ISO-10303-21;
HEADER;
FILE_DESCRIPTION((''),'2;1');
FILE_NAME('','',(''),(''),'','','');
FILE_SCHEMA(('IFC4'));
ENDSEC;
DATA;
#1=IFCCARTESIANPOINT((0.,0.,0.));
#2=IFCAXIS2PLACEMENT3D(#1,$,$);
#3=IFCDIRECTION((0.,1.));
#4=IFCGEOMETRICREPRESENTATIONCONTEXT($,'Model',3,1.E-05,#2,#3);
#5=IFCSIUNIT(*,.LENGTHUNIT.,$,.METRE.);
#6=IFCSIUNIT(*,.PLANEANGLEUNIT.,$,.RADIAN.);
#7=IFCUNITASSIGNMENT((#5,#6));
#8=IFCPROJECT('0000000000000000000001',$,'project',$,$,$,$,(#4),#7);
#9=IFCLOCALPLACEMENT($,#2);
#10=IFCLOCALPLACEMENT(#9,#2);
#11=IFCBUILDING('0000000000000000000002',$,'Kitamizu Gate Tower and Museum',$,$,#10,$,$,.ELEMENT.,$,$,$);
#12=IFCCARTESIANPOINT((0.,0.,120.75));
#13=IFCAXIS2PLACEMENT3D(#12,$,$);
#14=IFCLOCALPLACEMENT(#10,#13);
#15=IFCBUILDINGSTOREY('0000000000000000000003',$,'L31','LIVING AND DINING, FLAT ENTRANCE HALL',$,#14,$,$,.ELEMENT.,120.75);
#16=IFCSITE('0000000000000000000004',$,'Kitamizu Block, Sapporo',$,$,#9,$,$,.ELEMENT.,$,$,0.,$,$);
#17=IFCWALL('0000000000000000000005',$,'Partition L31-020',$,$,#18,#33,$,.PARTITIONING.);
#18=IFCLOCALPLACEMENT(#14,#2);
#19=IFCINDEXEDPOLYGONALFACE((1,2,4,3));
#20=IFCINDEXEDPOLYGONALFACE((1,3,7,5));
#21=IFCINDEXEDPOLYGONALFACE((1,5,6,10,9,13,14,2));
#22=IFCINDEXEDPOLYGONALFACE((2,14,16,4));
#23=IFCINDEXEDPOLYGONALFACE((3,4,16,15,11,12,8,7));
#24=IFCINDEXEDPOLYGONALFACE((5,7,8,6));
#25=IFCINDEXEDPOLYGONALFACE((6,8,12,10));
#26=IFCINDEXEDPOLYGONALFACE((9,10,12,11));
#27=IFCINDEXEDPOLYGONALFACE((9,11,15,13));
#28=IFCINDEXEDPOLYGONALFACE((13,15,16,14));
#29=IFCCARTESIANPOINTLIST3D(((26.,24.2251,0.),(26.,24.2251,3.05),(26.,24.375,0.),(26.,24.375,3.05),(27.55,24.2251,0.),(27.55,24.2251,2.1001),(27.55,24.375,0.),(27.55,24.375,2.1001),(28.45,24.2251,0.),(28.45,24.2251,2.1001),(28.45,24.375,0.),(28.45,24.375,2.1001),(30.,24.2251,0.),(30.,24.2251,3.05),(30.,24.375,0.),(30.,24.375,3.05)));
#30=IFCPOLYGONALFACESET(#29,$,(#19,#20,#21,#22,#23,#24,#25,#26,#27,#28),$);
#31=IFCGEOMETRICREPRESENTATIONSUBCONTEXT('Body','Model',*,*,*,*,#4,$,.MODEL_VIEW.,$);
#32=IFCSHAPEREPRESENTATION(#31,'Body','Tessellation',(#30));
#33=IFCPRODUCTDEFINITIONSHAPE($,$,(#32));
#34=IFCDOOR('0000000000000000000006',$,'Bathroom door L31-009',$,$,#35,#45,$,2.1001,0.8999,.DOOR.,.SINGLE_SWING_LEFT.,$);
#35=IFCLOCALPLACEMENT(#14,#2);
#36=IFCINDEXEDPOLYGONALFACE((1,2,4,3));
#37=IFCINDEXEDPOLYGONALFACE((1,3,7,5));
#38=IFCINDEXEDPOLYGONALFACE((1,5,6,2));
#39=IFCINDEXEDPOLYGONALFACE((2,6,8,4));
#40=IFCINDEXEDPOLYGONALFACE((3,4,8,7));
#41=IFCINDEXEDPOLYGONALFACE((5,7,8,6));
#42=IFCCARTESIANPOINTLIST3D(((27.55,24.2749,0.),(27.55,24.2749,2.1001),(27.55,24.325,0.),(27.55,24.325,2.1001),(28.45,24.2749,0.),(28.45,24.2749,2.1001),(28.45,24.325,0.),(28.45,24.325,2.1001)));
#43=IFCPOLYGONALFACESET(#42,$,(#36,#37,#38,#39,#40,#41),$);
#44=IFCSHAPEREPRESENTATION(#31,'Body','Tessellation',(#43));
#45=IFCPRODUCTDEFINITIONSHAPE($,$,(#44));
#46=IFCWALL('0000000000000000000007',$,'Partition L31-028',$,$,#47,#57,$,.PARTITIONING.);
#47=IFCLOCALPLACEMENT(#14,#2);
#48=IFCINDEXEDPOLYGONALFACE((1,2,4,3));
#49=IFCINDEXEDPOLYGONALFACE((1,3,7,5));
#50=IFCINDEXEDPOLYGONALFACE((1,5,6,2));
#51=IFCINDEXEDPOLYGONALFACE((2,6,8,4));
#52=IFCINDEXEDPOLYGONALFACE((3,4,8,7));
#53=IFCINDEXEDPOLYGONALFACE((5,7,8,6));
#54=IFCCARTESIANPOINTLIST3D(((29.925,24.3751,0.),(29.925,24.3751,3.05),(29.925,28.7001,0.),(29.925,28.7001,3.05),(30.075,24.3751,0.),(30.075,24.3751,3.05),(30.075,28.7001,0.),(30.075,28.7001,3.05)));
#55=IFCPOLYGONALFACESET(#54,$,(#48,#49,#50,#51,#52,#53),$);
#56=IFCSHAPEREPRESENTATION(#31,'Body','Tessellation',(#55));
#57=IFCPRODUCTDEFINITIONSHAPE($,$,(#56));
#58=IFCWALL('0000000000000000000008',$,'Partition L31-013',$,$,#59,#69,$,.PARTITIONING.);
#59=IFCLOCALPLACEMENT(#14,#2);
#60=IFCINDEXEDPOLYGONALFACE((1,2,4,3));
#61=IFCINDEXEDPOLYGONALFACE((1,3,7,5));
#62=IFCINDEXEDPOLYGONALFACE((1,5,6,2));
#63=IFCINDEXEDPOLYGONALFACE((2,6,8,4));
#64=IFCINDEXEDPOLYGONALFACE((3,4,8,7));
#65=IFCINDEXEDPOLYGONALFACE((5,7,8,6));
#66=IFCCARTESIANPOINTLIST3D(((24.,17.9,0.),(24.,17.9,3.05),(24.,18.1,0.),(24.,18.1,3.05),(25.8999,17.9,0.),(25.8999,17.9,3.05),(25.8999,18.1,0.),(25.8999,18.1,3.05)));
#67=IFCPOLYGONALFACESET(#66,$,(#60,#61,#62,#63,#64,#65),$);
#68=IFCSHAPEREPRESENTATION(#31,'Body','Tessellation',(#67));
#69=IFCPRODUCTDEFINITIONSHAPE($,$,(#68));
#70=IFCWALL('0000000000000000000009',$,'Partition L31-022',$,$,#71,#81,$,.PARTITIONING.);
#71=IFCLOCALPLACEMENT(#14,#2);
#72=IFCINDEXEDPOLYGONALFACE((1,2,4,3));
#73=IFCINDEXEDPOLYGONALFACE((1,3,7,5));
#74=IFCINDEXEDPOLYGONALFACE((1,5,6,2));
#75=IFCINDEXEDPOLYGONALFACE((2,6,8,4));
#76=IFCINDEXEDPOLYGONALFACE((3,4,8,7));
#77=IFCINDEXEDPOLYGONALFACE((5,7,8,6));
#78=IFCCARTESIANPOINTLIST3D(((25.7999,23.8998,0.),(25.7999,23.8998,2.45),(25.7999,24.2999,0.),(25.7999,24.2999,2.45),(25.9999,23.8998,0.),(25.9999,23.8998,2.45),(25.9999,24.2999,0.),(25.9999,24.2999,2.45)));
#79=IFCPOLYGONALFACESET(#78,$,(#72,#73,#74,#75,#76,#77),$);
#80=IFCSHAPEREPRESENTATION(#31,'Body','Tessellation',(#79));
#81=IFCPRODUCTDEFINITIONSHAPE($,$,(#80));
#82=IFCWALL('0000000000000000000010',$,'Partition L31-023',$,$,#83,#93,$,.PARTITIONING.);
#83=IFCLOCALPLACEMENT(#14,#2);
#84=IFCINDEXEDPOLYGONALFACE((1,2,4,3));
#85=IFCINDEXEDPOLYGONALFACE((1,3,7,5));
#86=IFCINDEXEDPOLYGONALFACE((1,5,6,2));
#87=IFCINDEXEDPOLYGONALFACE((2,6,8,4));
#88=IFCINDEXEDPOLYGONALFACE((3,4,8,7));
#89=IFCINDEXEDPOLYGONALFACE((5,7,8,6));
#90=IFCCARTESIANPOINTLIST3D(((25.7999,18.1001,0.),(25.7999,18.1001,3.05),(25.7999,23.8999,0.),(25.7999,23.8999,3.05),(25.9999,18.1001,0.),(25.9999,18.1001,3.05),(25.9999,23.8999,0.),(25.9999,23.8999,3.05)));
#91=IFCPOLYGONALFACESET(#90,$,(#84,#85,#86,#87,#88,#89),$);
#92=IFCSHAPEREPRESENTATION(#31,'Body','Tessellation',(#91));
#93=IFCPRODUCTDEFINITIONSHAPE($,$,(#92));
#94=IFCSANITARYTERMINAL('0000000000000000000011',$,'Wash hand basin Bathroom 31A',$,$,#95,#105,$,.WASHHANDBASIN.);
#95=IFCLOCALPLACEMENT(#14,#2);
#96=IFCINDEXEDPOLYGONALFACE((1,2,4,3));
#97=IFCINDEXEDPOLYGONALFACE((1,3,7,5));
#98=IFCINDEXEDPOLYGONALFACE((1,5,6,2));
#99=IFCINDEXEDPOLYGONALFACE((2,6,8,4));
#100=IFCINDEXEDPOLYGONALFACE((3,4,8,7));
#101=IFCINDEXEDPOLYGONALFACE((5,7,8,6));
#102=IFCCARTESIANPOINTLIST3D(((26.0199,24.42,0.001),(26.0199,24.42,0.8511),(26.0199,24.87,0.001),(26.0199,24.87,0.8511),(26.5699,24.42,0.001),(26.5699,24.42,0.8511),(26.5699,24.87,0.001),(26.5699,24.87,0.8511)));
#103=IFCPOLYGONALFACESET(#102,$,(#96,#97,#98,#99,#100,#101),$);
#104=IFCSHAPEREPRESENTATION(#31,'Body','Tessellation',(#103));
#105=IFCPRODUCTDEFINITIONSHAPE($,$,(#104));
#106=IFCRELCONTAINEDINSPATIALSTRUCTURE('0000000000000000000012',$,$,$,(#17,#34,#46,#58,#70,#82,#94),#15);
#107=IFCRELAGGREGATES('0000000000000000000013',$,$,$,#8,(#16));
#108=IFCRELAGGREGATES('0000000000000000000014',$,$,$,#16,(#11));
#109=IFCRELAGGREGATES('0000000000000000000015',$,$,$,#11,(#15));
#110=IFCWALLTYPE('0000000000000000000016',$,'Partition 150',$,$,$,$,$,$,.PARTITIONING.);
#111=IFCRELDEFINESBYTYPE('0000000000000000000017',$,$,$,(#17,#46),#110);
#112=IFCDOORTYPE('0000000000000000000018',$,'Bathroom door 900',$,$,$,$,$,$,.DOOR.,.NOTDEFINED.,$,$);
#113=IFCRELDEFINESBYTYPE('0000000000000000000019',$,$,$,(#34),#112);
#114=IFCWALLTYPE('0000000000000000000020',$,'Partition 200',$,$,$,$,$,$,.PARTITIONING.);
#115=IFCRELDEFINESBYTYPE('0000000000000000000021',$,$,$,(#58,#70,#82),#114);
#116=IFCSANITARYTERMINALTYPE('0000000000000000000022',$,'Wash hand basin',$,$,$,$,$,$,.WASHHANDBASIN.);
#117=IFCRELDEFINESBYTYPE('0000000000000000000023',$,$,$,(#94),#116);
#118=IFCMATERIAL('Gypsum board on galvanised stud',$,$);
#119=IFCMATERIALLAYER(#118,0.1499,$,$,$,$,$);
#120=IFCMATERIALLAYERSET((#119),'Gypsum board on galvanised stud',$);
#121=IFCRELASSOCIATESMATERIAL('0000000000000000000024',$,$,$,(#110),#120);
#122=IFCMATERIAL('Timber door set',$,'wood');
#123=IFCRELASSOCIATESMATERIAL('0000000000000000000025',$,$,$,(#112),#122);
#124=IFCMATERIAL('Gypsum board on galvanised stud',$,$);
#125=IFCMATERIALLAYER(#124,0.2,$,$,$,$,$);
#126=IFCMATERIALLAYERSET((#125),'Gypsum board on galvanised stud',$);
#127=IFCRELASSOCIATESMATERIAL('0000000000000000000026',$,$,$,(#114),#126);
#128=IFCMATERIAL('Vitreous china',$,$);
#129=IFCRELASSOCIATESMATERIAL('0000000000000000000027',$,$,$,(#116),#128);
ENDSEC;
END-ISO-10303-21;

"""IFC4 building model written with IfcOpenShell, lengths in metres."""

from ifc_helpers import new_model, si_unit, direction, frame, frame_2d, origin, origin_2d, place, context, subcontext, project, spatial, rectangle, extrude, material, layer, layer_set, type_object, element, fill, save


model = new_model("IFC4")

# Units and contexts
model_context = context("Model", 3, precision=1e-05, world=origin(), true_north=direction((0.0, 1.0)))
body_context = subcontext(model_context, "Body", "Model", "MODEL_VIEW")
ifc_project = project(units=[si_unit("LENGTHUNIT", "METRE"), si_unit("PLANEANGLEUNIT", "RADIAN")], contexts=[model_context])

# Site, building, storey
site_placement = place(None, origin())
site = spatial("IfcSite", under=ifc_project, at=site_placement, Name="Kitamizu Block, Sapporo", CompositionType="ELEMENT", RefElevation=0.0)
building_placement = place(site_placement, origin())
building = spatial("IfcBuilding", under=site, at=building_placement, Name="Kitamizu Gate Tower and Museum", CompositionType="ELEMENT")
storey_placement = place(building_placement, frame((0.0, 0.0, 120.75)))
storey = spatial("IfcBuildingStorey", under=building, at=storey_placement, Name="L31", Description="LIVING AND DINING, FLAT ENTRANCE HALL", CompositionType="ELEMENT", Elevation=120.75)

# Wall, opening, door
ifc_material_1 = material(Name="Gypsum board on galvanised stud")
ifc_layer_1 = layer(ifc_material_1, 0.1499)
ifc_layer_set_1 = layer_set([ifc_layer_1], Name="Gypsum board on galvanised stud")
wall_type_1 = type_object("IfcWallType", Name="Partition 150", PredefinedType="PARTITIONING", material=ifc_layer_set_1)
ifc_material_2 = material(Name="Timber door set", Category="wood")
door_type_1 = type_object("IfcDoorType", Name="Bathroom door 900", OperationType="NOTDEFINED", PredefinedType="DOOR", material=ifc_material_2)
wall_1_placement = place(storey_placement, frame((30.0, 24.3, 0.0), z_axis=(0.0, 0.0, 1.0), x_axis=(-1.0, 0.0, 0.0)))
wall_1 = element("IfcWall", 1, at=wall_1_placement, inside=storey, type_object=wall_type_1, Name="Partition L31-020", PredefinedType="PARTITIONING", context=body_context, shape_type="SweptSolid", body=[
    extrude(rectangle(XDim=4.0, YDim=0.1499, at=frame_2d((2.0, 0.0))), origin(), (0.0, 0.0, 1.0), 3.05),
])
opening_1_placement = place(wall_1_placement, frame((1.55, 0.0, 0.0)))
opening_1 = element("IfcOpeningElement", 2, at=opening_1_placement, cuts=wall_1, PredefinedType="OPENING", context=body_context, shape_type="SweptSolid", body=[
    extrude(rectangle(XDim=0.8999, YDim=2.1001, at=frame_2d((0.45, 1.05))), frame((0.0, 0.085, 0.0), z_axis=(0.0, -1.0, 0.0), x_axis=(1.0, 0.0, 0.0)), (0.0, 0.0, 1.0), 0.1699),
])
door_1_placement = place(opening_1_placement, frame((0.8999, 0.0, 0.0), x_axis=(-1.0, 0.0, 0.0)))
door_1 = element("IfcDoor", 3, at=door_1_placement, inside=storey, type_object=door_type_1, Name="Bathroom door L31-009", OperationType="SINGLE_SWING_LEFT", OverallHeight=2.1001, OverallWidth=0.8999, PredefinedType="DOOR", context=body_context, shape_type="SweptSolid", body=[
    extrude(rectangle(XDim=0.8999, YDim=2.1001, at=frame_2d((0.45, 1.05))), frame((0.0, 0.0249, 0.0), z_axis=(0.0, -1.0, 0.0), x_axis=(1.0, 0.0, 0.0)), (0.0, 0.0, 1.0), 0.05),
])
fill(opening_1, door_1)

# Walls
wall_2_placement = place(storey_placement, frame((30.0, 24.375, 0.0), z_axis=(0.0, 0.0, 1.0), x_axis=(0.0, 1.0, 0.0)))
element("IfcWall", 4, at=wall_2_placement, inside=storey, type_object=wall_type_1, Name="Partition L31-028", PredefinedType="PARTITIONING", context=body_context, shape_type="SweptSolid", body=[
    extrude(rectangle(XDim=4.325, YDim=0.1499, at=frame_2d((2.1626, 0.0))), origin(), (0.0, 0.0, 1.0), 3.05),
])
ifc_material_3 = material(Name="Gypsum board on galvanised stud")
ifc_layer_2 = layer(ifc_material_3, 0.2)
ifc_layer_set_2 = layer_set([ifc_layer_2], Name="Gypsum board on galvanised stud")
wall_type_2 = type_object("IfcWallType", Name="Partition 200", PredefinedType="PARTITIONING", material=ifc_layer_set_2)
wall_3_placement = place(storey_placement, frame((25.8999, 18.0, 0.0), z_axis=(0.0, 0.0, 1.0), x_axis=(-1.0, 0.0, 0.0)))
element("IfcWall", 5, at=wall_3_placement, inside=storey, type_object=wall_type_2, Name="Partition L31-013", PredefinedType="PARTITIONING", context=body_context, shape_type="SweptSolid", body=[
    extrude(rectangle(XDim=1.8999, YDim=0.2, at=frame_2d((0.95, 0.0))), origin(), (0.0, 0.0, 1.0), 3.05),
])
wall_4_placement = place(storey_placement, frame((25.8999, 24.3, 0.0), z_axis=(0.0, 0.0, 1.0), x_axis=(0.0, -1.0, 0.0)))
element("IfcWall", 6, at=wall_4_placement, inside=storey, type_object=wall_type_2, Name="Partition L31-022", PredefinedType="PARTITIONING", context=body_context, shape_type="SweptSolid", body=[
    extrude(rectangle(XDim=0.4001, YDim=0.2, at=frame_2d((0.2002, 0.0))), origin(), (0.0, 0.0, 1.0), 2.45),
])
wall_5_placement = place(storey_placement, frame((25.8999, 23.8999, 0.0), z_axis=(0.0, 0.0, 1.0), x_axis=(0.0, -1.0, 0.0)))
element("IfcWall", 7, at=wall_5_placement, inside=storey, type_object=wall_type_2, Name="Partition L31-023", PredefinedType="PARTITIONING", context=body_context, shape_type="SweptSolid", body=[
    extrude(rectangle(XDim=5.7998, YDim=0.2, at=frame_2d((2.8999, 0.0))), origin(), (0.0, 0.0, 1.0), 3.05),
])

# Sanitary terminal
ifc_material_4 = material(Name="Vitreous china")
sanitary_terminal_type = type_object("IfcSanitaryTerminalType", Name="Wash hand basin", PredefinedType="WASHHANDBASIN", material=ifc_material_4)
sanitary_terminal_placement = place(storey_placement, frame((26.2949, 24.645, 0.001), z_axis=(0.0, 0.0, 1.0), x_axis=(1.0, 0.0, 0.0)))
element("IfcSanitaryTerminal", 8, at=sanitary_terminal_placement, inside=storey, type_object=sanitary_terminal_type, Name="Wash hand basin Bathroom 31A", PredefinedType="WASHHANDBASIN", context=body_context, shape_type="SweptSolid", body=[
    extrude(rectangle(XDim=0.55, YDim=0.45, at=origin_2d()), origin(), (0.0, 0.0, 1.0), 0.8501),
])

save(model, "model.ifc")
